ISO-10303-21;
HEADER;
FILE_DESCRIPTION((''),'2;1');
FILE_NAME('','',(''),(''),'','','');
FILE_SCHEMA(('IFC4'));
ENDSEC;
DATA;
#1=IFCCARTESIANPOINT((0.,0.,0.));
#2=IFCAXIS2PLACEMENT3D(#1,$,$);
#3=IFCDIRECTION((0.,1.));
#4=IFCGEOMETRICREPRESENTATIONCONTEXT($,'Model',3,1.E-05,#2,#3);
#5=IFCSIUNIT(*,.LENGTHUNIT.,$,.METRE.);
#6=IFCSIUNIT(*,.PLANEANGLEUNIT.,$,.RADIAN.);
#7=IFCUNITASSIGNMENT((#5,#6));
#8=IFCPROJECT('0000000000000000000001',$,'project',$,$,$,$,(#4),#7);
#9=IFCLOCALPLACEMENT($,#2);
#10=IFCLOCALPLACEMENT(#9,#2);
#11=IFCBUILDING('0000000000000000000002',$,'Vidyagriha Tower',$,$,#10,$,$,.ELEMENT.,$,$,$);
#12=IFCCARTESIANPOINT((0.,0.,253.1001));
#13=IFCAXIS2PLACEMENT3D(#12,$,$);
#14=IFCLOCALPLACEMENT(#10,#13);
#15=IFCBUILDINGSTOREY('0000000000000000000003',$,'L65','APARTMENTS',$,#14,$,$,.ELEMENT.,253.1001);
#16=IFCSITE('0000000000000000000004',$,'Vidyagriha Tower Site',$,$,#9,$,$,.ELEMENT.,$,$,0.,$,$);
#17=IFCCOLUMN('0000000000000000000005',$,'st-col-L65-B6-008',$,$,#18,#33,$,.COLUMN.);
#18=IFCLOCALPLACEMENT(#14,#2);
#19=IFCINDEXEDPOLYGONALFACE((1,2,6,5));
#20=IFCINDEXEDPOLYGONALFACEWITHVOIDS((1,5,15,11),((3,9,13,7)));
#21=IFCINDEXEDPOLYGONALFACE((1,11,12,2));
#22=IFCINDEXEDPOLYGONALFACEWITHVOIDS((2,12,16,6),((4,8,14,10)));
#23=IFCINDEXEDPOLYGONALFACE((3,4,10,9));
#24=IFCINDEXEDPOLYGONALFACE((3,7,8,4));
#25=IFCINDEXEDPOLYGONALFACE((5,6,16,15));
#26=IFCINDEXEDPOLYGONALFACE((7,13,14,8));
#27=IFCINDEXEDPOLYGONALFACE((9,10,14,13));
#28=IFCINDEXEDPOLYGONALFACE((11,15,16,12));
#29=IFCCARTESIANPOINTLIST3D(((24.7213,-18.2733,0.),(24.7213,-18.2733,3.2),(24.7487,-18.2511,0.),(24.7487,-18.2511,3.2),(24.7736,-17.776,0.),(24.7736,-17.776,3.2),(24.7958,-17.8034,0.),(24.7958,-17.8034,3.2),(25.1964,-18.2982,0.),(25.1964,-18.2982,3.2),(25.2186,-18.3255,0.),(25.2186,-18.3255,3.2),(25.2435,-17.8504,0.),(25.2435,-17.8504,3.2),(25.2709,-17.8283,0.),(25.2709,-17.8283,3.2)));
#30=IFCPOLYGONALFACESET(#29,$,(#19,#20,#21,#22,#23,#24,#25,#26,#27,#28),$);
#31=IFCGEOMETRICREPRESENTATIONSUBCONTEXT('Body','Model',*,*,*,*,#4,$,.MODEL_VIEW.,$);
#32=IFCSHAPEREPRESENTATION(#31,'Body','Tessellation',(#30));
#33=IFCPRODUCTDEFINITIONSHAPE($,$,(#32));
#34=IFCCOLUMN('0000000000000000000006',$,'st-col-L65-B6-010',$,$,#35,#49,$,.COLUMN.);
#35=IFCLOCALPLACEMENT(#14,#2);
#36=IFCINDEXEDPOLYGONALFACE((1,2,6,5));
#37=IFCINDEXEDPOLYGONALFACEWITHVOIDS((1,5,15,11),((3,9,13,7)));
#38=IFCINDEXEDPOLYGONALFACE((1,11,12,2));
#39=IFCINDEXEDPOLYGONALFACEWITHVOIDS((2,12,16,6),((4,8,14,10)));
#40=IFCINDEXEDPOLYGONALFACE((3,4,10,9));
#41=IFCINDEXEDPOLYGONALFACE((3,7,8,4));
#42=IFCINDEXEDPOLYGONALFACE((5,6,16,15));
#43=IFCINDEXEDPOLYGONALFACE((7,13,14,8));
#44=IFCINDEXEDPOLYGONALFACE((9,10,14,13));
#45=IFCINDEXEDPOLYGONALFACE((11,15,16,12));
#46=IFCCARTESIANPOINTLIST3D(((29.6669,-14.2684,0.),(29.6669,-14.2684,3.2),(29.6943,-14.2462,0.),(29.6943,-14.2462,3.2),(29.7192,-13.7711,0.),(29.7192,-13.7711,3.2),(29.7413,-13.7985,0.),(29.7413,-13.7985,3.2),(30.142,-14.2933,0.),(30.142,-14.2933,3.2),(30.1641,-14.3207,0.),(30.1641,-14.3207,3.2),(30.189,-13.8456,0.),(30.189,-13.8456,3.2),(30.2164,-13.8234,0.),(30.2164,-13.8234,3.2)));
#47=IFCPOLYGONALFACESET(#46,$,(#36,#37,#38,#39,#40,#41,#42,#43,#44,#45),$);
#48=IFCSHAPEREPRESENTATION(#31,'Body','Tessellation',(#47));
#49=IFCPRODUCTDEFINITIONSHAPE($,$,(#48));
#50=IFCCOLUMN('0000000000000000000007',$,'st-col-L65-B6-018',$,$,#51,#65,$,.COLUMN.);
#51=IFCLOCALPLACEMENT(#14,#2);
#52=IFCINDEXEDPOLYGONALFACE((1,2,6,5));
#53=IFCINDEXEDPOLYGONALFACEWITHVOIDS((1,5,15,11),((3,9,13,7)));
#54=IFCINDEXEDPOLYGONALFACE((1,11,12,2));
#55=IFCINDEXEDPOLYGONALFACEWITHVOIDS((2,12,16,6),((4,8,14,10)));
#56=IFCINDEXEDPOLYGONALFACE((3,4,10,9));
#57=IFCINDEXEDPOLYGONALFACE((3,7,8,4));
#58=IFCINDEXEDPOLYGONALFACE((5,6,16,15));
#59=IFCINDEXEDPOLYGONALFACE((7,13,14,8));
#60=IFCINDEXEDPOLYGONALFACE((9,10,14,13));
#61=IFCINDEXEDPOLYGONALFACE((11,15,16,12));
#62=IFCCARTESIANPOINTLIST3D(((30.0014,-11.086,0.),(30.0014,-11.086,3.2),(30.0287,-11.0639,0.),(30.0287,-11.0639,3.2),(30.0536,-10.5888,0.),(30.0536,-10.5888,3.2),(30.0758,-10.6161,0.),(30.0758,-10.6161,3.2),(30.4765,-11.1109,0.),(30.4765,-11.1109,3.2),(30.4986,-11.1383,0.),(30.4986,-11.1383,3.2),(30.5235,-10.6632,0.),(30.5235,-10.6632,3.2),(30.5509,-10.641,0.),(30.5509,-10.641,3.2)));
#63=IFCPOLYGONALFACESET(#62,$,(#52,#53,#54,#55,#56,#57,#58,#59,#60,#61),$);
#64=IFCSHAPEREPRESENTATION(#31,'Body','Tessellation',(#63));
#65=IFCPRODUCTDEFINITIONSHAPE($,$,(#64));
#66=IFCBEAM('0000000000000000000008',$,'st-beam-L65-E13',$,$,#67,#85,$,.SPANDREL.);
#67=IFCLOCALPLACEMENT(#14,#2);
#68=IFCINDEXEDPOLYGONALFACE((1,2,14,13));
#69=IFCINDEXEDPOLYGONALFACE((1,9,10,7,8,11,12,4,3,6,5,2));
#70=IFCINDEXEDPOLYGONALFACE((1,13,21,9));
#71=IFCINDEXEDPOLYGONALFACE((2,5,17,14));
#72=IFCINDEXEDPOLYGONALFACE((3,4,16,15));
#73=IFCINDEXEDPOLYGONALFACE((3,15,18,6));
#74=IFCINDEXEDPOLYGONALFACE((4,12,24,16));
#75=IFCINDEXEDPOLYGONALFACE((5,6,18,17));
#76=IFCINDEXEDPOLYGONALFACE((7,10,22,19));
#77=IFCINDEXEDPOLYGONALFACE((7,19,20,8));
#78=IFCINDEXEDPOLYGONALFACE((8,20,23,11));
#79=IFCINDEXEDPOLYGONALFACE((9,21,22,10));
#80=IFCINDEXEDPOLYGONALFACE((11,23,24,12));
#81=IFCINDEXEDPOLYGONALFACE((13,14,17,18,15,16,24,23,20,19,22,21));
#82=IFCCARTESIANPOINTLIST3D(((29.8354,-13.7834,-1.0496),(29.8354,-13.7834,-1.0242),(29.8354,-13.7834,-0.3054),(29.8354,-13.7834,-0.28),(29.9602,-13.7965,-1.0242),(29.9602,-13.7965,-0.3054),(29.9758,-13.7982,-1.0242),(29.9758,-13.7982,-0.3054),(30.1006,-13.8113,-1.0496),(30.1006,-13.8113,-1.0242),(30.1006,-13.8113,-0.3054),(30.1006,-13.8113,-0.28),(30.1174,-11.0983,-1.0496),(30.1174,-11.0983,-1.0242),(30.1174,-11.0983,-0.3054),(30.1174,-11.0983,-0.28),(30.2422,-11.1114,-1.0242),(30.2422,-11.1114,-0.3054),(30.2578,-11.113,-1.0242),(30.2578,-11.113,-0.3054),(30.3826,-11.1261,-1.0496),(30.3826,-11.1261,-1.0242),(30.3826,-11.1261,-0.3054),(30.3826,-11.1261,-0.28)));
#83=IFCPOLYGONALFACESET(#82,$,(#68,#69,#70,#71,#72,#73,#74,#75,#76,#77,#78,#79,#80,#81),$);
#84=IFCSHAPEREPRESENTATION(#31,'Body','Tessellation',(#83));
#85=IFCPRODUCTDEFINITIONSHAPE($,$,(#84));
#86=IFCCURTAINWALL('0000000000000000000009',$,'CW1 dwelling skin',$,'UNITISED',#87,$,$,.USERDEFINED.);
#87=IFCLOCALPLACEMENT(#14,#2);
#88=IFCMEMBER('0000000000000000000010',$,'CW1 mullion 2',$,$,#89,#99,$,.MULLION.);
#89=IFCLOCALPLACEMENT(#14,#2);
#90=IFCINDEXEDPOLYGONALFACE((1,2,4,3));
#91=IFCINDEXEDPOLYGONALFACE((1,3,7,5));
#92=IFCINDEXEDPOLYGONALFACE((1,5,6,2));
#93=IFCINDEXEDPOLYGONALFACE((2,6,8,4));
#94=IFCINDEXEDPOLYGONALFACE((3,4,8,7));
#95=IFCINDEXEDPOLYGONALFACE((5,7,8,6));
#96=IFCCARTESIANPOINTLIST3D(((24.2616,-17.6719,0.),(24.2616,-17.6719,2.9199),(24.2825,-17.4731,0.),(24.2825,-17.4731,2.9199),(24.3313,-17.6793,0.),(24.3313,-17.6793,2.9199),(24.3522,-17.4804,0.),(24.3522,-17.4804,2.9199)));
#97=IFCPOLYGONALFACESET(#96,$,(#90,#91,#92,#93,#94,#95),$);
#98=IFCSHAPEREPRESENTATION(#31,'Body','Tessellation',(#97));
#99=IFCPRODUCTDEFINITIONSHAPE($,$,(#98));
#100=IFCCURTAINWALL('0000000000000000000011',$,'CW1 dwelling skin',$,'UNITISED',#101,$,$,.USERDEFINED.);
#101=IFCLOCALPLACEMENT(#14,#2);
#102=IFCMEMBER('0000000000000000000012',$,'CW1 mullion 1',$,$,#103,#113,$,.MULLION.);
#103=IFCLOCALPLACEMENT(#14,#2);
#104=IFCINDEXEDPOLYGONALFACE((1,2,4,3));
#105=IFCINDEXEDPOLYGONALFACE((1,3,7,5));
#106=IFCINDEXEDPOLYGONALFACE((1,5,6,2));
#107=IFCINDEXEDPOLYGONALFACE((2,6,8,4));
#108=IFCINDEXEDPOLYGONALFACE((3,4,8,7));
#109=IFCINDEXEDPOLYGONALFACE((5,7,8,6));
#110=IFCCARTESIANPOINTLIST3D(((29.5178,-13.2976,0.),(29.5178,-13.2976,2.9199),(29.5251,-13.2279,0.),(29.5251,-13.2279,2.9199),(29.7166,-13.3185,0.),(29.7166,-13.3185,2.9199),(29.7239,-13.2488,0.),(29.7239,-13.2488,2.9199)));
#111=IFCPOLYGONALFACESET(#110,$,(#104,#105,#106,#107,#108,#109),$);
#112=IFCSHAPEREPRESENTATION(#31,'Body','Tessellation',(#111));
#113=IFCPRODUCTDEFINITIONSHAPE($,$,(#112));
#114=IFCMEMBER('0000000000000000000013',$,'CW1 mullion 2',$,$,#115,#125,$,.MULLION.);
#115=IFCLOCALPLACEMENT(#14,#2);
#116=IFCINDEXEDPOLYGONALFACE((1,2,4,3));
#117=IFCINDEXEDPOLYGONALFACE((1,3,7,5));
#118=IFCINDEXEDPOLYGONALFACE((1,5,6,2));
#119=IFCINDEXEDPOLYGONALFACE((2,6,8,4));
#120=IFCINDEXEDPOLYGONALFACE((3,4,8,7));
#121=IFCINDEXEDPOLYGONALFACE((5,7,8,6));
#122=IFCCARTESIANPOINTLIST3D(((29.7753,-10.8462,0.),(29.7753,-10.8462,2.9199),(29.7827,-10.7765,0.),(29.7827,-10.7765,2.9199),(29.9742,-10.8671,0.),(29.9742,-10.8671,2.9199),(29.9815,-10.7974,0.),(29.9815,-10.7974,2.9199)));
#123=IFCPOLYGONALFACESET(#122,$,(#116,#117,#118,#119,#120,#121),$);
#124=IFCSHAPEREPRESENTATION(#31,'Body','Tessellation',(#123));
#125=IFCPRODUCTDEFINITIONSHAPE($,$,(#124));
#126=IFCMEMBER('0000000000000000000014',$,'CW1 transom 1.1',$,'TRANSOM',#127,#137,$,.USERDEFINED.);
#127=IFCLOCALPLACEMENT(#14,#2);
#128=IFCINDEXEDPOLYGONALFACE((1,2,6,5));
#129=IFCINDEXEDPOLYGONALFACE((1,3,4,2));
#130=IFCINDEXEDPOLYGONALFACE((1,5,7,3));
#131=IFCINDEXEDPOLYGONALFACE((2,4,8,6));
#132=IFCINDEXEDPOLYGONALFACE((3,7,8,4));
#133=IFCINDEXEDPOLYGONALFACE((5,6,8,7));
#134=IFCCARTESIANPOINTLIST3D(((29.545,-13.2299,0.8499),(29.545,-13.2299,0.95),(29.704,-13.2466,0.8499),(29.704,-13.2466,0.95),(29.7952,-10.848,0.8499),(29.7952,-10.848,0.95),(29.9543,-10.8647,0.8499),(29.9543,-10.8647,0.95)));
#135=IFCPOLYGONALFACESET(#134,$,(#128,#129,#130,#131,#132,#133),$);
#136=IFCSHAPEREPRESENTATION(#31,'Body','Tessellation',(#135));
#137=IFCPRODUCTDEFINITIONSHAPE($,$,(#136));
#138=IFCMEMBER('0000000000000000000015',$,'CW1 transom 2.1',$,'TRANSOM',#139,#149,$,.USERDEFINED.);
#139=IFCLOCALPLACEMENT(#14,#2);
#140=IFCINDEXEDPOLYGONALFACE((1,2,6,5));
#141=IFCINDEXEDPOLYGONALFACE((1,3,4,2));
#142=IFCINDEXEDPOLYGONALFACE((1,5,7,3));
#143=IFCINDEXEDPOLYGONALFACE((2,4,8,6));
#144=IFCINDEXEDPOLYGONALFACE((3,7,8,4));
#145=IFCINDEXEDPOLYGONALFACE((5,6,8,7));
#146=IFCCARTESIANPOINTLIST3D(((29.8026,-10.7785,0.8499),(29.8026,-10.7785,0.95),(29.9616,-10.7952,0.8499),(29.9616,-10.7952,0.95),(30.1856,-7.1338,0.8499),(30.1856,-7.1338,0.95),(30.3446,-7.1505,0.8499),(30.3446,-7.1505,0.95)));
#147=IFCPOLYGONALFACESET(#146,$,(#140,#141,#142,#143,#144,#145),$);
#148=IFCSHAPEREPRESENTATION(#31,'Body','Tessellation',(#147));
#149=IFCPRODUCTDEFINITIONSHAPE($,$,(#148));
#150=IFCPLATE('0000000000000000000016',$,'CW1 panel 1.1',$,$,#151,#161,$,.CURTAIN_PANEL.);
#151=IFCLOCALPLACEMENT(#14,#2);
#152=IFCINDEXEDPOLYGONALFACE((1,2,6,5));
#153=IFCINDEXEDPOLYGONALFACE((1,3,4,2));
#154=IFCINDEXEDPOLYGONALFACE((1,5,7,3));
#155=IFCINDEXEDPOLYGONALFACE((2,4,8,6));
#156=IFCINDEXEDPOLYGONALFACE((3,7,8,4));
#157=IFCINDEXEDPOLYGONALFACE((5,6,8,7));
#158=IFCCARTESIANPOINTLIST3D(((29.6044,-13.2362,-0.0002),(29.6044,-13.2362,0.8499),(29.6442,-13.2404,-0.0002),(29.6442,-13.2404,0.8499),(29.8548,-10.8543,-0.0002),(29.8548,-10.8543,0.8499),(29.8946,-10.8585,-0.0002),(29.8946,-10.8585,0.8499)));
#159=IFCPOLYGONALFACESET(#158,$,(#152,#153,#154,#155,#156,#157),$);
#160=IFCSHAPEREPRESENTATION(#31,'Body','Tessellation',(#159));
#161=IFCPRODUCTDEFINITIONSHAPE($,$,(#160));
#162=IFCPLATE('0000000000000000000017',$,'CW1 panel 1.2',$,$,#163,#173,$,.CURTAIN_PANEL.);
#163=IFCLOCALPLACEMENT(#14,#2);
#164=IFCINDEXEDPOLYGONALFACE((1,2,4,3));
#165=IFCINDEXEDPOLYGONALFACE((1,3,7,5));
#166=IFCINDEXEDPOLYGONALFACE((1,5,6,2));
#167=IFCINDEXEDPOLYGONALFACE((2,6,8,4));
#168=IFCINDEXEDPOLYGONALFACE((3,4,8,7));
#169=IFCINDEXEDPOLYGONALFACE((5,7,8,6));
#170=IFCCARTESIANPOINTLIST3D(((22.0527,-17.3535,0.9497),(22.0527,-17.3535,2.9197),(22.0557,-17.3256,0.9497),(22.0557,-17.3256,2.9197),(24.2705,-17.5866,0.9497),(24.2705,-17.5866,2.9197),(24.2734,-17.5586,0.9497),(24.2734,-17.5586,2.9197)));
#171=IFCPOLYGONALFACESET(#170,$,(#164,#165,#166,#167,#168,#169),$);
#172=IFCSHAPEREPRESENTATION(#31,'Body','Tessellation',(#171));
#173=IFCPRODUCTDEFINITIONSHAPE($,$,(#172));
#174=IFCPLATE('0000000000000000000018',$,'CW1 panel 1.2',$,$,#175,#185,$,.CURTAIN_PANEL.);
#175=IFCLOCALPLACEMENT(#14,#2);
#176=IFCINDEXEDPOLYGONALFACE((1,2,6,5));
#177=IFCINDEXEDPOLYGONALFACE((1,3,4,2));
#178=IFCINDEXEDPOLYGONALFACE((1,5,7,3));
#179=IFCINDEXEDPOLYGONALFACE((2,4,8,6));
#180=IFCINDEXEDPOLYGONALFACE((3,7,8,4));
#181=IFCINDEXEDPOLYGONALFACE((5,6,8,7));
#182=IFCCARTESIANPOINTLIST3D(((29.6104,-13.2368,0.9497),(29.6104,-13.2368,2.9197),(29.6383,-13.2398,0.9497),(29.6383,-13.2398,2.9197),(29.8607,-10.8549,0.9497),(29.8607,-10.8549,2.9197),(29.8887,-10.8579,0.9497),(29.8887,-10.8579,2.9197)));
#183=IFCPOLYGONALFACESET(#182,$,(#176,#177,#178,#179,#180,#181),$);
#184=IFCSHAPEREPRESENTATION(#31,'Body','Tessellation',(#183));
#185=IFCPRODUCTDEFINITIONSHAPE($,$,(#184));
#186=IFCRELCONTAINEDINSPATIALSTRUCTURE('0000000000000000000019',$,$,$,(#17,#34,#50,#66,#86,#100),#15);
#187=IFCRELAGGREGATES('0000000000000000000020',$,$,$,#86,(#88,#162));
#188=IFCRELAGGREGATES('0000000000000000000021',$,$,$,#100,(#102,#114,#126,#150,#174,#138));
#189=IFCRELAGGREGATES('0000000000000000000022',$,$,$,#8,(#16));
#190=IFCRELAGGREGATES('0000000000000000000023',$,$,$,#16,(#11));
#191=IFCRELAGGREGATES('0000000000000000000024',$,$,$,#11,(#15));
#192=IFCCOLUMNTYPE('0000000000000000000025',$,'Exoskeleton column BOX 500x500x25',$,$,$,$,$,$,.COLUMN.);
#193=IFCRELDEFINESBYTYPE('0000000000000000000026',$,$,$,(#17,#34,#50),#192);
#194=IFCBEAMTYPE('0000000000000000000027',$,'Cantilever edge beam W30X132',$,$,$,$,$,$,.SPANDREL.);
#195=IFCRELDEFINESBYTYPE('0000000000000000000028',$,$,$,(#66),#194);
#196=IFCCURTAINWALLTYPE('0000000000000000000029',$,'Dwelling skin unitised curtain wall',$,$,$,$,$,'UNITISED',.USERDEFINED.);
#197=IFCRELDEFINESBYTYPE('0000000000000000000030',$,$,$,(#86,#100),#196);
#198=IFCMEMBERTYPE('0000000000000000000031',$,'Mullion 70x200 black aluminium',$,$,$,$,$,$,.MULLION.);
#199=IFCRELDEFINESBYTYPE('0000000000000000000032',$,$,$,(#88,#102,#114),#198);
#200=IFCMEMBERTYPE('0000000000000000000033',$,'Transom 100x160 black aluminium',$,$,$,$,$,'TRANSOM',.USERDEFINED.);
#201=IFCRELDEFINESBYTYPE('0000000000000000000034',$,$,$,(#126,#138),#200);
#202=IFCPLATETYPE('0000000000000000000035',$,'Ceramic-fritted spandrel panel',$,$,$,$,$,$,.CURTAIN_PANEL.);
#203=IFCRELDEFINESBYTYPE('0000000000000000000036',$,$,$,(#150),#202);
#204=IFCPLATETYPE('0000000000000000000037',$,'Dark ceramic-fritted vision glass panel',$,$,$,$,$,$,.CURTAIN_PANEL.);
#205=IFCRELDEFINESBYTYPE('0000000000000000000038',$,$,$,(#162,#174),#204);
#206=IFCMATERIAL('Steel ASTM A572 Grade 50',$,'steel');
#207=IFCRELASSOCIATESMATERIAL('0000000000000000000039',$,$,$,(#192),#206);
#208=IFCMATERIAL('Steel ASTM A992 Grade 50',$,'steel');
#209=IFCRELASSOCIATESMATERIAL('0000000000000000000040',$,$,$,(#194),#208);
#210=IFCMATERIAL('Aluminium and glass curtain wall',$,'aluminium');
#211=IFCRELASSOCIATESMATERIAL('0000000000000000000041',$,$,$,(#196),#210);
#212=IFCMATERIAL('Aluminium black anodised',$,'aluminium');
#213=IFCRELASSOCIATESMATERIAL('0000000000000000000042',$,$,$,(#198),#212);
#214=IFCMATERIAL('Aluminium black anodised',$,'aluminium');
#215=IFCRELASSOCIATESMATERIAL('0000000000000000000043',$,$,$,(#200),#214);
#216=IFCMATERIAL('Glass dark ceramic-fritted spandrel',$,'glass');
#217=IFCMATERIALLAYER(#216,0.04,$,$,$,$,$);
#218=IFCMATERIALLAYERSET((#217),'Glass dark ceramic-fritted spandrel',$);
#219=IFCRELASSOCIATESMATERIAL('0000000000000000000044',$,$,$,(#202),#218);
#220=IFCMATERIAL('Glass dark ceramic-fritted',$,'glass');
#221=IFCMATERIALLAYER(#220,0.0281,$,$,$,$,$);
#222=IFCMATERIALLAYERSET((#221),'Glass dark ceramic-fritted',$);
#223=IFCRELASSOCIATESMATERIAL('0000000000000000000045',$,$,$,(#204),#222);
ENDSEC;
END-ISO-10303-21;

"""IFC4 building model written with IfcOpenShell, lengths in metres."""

from ifc_helpers import new_model, si_unit, direction, frame, origin, origin_2d, place, context, subcontext, project, spatial, rectangle, hollow_rectangle, i_section, extrude, material, layer, layer_set, material_profile, profile_set, type_object, element, aggregate, save


model = new_model("IFC4")

# Units and contexts
model_context = context("Model", 3, precision=1e-05, world=origin(), true_north=direction((0.0, 1.0)))
body_context = subcontext(model_context, "Body", "Model", "MODEL_VIEW")
ifc_project = project(units=[si_unit("LENGTHUNIT", "METRE"), si_unit("PLANEANGLEUNIT", "RADIAN")], contexts=[model_context])

# Site, building, storey
site_placement = place(None, origin())
site = spatial("IfcSite", under=ifc_project, at=site_placement, Name="Vidyagriha Tower Site", CompositionType="ELEMENT", RefElevation=0.0)
building_placement = place(site_placement, origin())
building = spatial("IfcBuilding", under=site, at=building_placement, Name="Vidyagriha Tower", CompositionType="ELEMENT")
storey_placement = place(building_placement, frame((0.0, 0.0, 253.1001)))
storey = spatial("IfcBuildingStorey", under=building, at=storey_placement, Name="L65", Description="APARTMENTS", CompositionType="ELEMENT", Elevation=253.1001)

# Columns
ifc_material_1 = material(Name="Steel ASTM A572 Grade 50", Category="steel")
ifc_material_profile_1 = material_profile(ifc_material_1, hollow_rectangle(XDim=0.5, YDim=0.5, WallThickness=0.0249, at=origin_2d()), Name="BOX 500x500x25")
ifc_profile_set_1 = profile_set([ifc_material_profile_1], Name="Steel ASTM A572 Grade 50")
column_type = type_object("IfcColumnType", Name="Exoskeleton column BOX 500x500x25", PredefinedType="COLUMN", material=ifc_profile_set_1)
for number, where, z_axis, x_axis, name in (
    (1, (24.9961, -18.0508, 0.0), (0.0, 0.0, 1.0), (0.994522, -0.104528, 0.0), "st-col-L65-B6-008"),
    (2, (29.9417, -14.0459, 0.0), (0.0, 0.0, 1.0), (0.994522, -0.104528, 0.0), "st-col-L65-B6-010"),
    (3, (30.2761, -10.8635, 0.0), (0.0, 0.0, 1.0), (0.994522, -0.104528, 0.0), "st-col-L65-B6-018"),
):
    element("IfcColumn", number, at=place(storey_placement, frame(where, z_axis=z_axis, x_axis=x_axis)), inside=storey, type_object=column_type, Name=name, PredefinedType="COLUMN", context=body_context, shape_type="SweptSolid", body=[
        extrude(hollow_rectangle(XDim=0.5, YDim=0.5, WallThickness=0.0249, at=origin_2d()), origin(), (0.0, 0.0, 1.0), 3.2),
    ])

# Beam
ifc_material_2 = material(Name="Steel ASTM A992 Grade 50", Category="steel")
ifc_material_profile_2 = material_profile(ifc_material_2, i_section(OverallWidth=0.2666, OverallDepth=0.7695, WebThickness=0.0156, FlangeThickness=0.0254, at=origin_2d()), Name="W30X132")
ifc_profile_set_2 = profile_set([ifc_material_profile_2], Name="Steel ASTM A992 Grade 50")
beam_type = type_object("IfcBeamType", Name="Cantilever edge beam W30X132", PredefinedType="SPANDREL", material=ifc_profile_set_2)
beam_placement = place(storey_placement, frame((29.968, -13.7974, -0.6648), z_axis=(0.104435, 0.994532, 0.0), x_axis=(-0.994532, 0.104435, 0.0)))
element("IfcBeam", 4, at=beam_placement, inside=storey, type_object=beam_type, Name="st-beam-L65-E13", PredefinedType="SPANDREL", context=body_context, shape_type="SweptSolid", body=[
    extrude(i_section(OverallWidth=0.2666, OverallDepth=0.7695, WebThickness=0.0156, FlangeThickness=0.0254, at=origin_2d()), origin(), (0.0, 0.0, 1.0), 2.7),
])

# Curtain wall, member
ifc_material_3 = material(Name="Aluminium and glass curtain wall", Category="aluminium")
curtain_wall_type = type_object("IfcCurtainWallType", Name="Dwelling skin unitised curtain wall", ElementType="UNITISED", PredefinedType="USERDEFINED", material=ifc_material_3)
curtain_wall_1_placement = place(storey_placement, origin())
curtain_wall_1 = element("IfcCurtainWall", 5, at=curtain_wall_1_placement, inside=storey, type_object=curtain_wall_type, Name="CW1 dwelling skin", ObjectType="UNITISED", PredefinedType="USERDEFINED")
ifc_material_4 = material(Name="Aluminium black anodised", Category="aluminium")
ifc_material_profile_3 = material_profile(ifc_material_4, rectangle(XDim=0.2, YDim=0.0701, at=origin_2d()), Name="Mullion 70x200 black aluminium")
ifc_profile_set_3 = profile_set([ifc_material_profile_3], Name="Aluminium black anodised")
member_type_1 = type_object("IfcMemberType", Name="Mullion 70x200 black aluminium", PredefinedType="MULLION", material=ifc_profile_set_3)
member_1_placement = place(storey_placement, frame((24.3069, -17.5762, 0.0), z_axis=(0.0, 0.0, 1.0), x_axis=(0.104522, 0.994523, 0.0)))
member_1 = element("IfcMember", 6, at=member_1_placement, type_object=member_type_1, Name="CW1 mullion 2", PredefinedType="MULLION", context=body_context, shape_type="SweptSolid", body=[
    extrude(rectangle(XDim=0.2, YDim=0.0701, at=origin_2d()), origin(), (0.0, 0.0, 1.0), 2.9199),
])

# Curtain wall, members, plate
curtain_wall_2_placement = place(storey_placement, origin())
curtain_wall_2 = element("IfcCurtainWall", 7, at=curtain_wall_2_placement, inside=storey, type_object=curtain_wall_type, Name="CW1 dwelling skin", ObjectType="UNITISED", PredefinedType="USERDEFINED")
member_2_placement = place(storey_placement, frame((29.6208, -13.2732, 0.0), z_axis=(0.0, 0.0, 1.0), x_axis=(-0.994521, 0.104533, 0.0)))
member_2 = element("IfcMember", 8, at=member_2_placement, type_object=member_type_1, Name="CW1 mullion 1", PredefinedType="MULLION", context=body_context, shape_type="SweptSolid", body=[
    extrude(rectangle(XDim=0.2, YDim=0.0701, at=origin_2d()), origin(), (0.0, 0.0, 1.0), 2.9199),
])
member_3_placement = place(storey_placement, frame((29.8784, -10.8218, 0.0), z_axis=(0.0, 0.0, 1.0), x_axis=(-0.994521, 0.104533, 0.0)))
member_3 = element("IfcMember", 9, at=member_3_placement, type_object=member_type_1, Name="CW1 mullion 2", PredefinedType="MULLION", context=body_context, shape_type="SweptSolid", body=[
    extrude(rectangle(XDim=0.2, YDim=0.0701, at=origin_2d()), origin(), (0.0, 0.0, 1.0), 2.9199),
])
ifc_material_5 = material(Name="Aluminium black anodised", Category="aluminium")
ifc_material_profile_4 = material_profile(ifc_material_5, rectangle(XDim=0.1599, YDim=0.1001, at=origin_2d()), Name="Transom 100x160 black aluminium")
ifc_profile_set_4 = profile_set([ifc_material_profile_4], Name="Aluminium black anodised")
member_type_2 = type_object("IfcMemberType", Name="Transom 100x160 black aluminium", ElementType="TRANSOM", PredefinedType="USERDEFINED", material=ifc_profile_set_4)
member_4_placement = place(storey_placement, frame((29.6245, -13.2383, 0.8999), z_axis=(0.104488, 0.994526, 0.0), x_axis=(-0.994526, 0.104488, 0.0)))
member_4 = element("IfcMember", 10, at=member_4_placement, type_object=member_type_2, Name="CW1 transom 1.1", ObjectType="TRANSOM", PredefinedType="USERDEFINED", context=body_context, shape_type="SweptSolid", body=[
    extrude(rectangle(XDim=0.1599, YDim=0.1001, at=origin_2d()), origin(), (0.0, 0.0, 1.0), 2.395),
])
member_5_placement = place(storey_placement, frame((29.8821, -10.7869, 0.8999), z_axis=(0.104522, 0.994523, 0.0), x_axis=(-0.994523, 0.104522, 0.0)))
member_5 = element("IfcMember", 11, at=member_5_placement, type_object=member_type_2, Name="CW1 transom 2.1", ObjectType="TRANSOM", PredefinedType="USERDEFINED", context=body_context, shape_type="SweptSolid", body=[
    extrude(rectangle(XDim=0.1599, YDim=0.1001, at=origin_2d()), origin(), (0.0, 0.0, 1.0), 3.6648),
])
ifc_material_6 = material(Name="Glass dark ceramic-fritted spandrel", Category="glass")
ifc_layer_1 = layer(ifc_material_6, 0.04)
ifc_layer_set_1 = layer_set([ifc_layer_1], Name="Glass dark ceramic-fritted spandrel")
plate_type_1 = type_object("IfcPlateType", Name="Ceramic-fritted spandrel panel", PredefinedType="CURTAIN_PANEL", material=ifc_layer_set_1)
plate_1_placement = place(storey_placement, frame((29.7495, -12.0474, -0.0002), z_axis=(0.0, 0.0, 1.0), x_axis=(0.104533, 0.994521, 0.0)))
plate_1 = element("IfcPlate", 12, at=plate_1_placement, type_object=plate_type_1, Name="CW1 panel 1.1", PredefinedType="CURTAIN_PANEL", context=body_context, shape_type="SweptSolid", body=[
    extrude(rectangle(XDim=2.395, YDim=0.04, at=origin_2d()), origin(), (0.0, 0.0, 1.0), 0.8501),
])

# Plates
ifc_material_7 = material(Name="Glass dark ceramic-fritted", Category="glass")
ifc_layer_2 = layer(ifc_material_7, 0.0281)
ifc_layer_set_2 = layer_set([ifc_layer_2], Name="Glass dark ceramic-fritted")
plate_type_2 = type_object("IfcPlateType", Name="Dark ceramic-fritted vision glass panel", PredefinedType="CURTAIN_PANEL", material=ifc_layer_set_2)
plate_2_placement = place(storey_placement, frame((23.1631, -17.4561, 0.9497), z_axis=(0.0, 0.0, 1.0), x_axis=(0.994523, -0.104522, 0.0)))
plate_2 = element("IfcPlate", 13, at=plate_2_placement, type_object=plate_type_2, Name="CW1 panel 1.2", PredefinedType="CURTAIN_PANEL", context=body_context, shape_type="SweptSolid", body=[
    extrude(rectangle(XDim=2.23, YDim=0.0281, at=origin_2d()), origin(), (0.0, 0.0, 1.0), 1.97),
])
aggregate(curtain_wall_1, [member_1, plate_2])
plate_3_placement = place(storey_placement, frame((29.7495, -12.0474, 0.9497), z_axis=(0.0, 0.0, 1.0), x_axis=(0.104533, 0.994521, 0.0)))
plate_3 = element("IfcPlate", 14, at=plate_3_placement, type_object=plate_type_2, Name="CW1 panel 1.2", PredefinedType="CURTAIN_PANEL", context=body_context, shape_type="SweptSolid", body=[
    extrude(rectangle(XDim=2.395, YDim=0.0281, at=origin_2d()), origin(), (0.0, 0.0, 1.0), 1.97),
])
aggregate(curtain_wall_2, [member_2, member_3, member_4, plate_1, plate_3, member_5])

save(model, "model.ifc")
